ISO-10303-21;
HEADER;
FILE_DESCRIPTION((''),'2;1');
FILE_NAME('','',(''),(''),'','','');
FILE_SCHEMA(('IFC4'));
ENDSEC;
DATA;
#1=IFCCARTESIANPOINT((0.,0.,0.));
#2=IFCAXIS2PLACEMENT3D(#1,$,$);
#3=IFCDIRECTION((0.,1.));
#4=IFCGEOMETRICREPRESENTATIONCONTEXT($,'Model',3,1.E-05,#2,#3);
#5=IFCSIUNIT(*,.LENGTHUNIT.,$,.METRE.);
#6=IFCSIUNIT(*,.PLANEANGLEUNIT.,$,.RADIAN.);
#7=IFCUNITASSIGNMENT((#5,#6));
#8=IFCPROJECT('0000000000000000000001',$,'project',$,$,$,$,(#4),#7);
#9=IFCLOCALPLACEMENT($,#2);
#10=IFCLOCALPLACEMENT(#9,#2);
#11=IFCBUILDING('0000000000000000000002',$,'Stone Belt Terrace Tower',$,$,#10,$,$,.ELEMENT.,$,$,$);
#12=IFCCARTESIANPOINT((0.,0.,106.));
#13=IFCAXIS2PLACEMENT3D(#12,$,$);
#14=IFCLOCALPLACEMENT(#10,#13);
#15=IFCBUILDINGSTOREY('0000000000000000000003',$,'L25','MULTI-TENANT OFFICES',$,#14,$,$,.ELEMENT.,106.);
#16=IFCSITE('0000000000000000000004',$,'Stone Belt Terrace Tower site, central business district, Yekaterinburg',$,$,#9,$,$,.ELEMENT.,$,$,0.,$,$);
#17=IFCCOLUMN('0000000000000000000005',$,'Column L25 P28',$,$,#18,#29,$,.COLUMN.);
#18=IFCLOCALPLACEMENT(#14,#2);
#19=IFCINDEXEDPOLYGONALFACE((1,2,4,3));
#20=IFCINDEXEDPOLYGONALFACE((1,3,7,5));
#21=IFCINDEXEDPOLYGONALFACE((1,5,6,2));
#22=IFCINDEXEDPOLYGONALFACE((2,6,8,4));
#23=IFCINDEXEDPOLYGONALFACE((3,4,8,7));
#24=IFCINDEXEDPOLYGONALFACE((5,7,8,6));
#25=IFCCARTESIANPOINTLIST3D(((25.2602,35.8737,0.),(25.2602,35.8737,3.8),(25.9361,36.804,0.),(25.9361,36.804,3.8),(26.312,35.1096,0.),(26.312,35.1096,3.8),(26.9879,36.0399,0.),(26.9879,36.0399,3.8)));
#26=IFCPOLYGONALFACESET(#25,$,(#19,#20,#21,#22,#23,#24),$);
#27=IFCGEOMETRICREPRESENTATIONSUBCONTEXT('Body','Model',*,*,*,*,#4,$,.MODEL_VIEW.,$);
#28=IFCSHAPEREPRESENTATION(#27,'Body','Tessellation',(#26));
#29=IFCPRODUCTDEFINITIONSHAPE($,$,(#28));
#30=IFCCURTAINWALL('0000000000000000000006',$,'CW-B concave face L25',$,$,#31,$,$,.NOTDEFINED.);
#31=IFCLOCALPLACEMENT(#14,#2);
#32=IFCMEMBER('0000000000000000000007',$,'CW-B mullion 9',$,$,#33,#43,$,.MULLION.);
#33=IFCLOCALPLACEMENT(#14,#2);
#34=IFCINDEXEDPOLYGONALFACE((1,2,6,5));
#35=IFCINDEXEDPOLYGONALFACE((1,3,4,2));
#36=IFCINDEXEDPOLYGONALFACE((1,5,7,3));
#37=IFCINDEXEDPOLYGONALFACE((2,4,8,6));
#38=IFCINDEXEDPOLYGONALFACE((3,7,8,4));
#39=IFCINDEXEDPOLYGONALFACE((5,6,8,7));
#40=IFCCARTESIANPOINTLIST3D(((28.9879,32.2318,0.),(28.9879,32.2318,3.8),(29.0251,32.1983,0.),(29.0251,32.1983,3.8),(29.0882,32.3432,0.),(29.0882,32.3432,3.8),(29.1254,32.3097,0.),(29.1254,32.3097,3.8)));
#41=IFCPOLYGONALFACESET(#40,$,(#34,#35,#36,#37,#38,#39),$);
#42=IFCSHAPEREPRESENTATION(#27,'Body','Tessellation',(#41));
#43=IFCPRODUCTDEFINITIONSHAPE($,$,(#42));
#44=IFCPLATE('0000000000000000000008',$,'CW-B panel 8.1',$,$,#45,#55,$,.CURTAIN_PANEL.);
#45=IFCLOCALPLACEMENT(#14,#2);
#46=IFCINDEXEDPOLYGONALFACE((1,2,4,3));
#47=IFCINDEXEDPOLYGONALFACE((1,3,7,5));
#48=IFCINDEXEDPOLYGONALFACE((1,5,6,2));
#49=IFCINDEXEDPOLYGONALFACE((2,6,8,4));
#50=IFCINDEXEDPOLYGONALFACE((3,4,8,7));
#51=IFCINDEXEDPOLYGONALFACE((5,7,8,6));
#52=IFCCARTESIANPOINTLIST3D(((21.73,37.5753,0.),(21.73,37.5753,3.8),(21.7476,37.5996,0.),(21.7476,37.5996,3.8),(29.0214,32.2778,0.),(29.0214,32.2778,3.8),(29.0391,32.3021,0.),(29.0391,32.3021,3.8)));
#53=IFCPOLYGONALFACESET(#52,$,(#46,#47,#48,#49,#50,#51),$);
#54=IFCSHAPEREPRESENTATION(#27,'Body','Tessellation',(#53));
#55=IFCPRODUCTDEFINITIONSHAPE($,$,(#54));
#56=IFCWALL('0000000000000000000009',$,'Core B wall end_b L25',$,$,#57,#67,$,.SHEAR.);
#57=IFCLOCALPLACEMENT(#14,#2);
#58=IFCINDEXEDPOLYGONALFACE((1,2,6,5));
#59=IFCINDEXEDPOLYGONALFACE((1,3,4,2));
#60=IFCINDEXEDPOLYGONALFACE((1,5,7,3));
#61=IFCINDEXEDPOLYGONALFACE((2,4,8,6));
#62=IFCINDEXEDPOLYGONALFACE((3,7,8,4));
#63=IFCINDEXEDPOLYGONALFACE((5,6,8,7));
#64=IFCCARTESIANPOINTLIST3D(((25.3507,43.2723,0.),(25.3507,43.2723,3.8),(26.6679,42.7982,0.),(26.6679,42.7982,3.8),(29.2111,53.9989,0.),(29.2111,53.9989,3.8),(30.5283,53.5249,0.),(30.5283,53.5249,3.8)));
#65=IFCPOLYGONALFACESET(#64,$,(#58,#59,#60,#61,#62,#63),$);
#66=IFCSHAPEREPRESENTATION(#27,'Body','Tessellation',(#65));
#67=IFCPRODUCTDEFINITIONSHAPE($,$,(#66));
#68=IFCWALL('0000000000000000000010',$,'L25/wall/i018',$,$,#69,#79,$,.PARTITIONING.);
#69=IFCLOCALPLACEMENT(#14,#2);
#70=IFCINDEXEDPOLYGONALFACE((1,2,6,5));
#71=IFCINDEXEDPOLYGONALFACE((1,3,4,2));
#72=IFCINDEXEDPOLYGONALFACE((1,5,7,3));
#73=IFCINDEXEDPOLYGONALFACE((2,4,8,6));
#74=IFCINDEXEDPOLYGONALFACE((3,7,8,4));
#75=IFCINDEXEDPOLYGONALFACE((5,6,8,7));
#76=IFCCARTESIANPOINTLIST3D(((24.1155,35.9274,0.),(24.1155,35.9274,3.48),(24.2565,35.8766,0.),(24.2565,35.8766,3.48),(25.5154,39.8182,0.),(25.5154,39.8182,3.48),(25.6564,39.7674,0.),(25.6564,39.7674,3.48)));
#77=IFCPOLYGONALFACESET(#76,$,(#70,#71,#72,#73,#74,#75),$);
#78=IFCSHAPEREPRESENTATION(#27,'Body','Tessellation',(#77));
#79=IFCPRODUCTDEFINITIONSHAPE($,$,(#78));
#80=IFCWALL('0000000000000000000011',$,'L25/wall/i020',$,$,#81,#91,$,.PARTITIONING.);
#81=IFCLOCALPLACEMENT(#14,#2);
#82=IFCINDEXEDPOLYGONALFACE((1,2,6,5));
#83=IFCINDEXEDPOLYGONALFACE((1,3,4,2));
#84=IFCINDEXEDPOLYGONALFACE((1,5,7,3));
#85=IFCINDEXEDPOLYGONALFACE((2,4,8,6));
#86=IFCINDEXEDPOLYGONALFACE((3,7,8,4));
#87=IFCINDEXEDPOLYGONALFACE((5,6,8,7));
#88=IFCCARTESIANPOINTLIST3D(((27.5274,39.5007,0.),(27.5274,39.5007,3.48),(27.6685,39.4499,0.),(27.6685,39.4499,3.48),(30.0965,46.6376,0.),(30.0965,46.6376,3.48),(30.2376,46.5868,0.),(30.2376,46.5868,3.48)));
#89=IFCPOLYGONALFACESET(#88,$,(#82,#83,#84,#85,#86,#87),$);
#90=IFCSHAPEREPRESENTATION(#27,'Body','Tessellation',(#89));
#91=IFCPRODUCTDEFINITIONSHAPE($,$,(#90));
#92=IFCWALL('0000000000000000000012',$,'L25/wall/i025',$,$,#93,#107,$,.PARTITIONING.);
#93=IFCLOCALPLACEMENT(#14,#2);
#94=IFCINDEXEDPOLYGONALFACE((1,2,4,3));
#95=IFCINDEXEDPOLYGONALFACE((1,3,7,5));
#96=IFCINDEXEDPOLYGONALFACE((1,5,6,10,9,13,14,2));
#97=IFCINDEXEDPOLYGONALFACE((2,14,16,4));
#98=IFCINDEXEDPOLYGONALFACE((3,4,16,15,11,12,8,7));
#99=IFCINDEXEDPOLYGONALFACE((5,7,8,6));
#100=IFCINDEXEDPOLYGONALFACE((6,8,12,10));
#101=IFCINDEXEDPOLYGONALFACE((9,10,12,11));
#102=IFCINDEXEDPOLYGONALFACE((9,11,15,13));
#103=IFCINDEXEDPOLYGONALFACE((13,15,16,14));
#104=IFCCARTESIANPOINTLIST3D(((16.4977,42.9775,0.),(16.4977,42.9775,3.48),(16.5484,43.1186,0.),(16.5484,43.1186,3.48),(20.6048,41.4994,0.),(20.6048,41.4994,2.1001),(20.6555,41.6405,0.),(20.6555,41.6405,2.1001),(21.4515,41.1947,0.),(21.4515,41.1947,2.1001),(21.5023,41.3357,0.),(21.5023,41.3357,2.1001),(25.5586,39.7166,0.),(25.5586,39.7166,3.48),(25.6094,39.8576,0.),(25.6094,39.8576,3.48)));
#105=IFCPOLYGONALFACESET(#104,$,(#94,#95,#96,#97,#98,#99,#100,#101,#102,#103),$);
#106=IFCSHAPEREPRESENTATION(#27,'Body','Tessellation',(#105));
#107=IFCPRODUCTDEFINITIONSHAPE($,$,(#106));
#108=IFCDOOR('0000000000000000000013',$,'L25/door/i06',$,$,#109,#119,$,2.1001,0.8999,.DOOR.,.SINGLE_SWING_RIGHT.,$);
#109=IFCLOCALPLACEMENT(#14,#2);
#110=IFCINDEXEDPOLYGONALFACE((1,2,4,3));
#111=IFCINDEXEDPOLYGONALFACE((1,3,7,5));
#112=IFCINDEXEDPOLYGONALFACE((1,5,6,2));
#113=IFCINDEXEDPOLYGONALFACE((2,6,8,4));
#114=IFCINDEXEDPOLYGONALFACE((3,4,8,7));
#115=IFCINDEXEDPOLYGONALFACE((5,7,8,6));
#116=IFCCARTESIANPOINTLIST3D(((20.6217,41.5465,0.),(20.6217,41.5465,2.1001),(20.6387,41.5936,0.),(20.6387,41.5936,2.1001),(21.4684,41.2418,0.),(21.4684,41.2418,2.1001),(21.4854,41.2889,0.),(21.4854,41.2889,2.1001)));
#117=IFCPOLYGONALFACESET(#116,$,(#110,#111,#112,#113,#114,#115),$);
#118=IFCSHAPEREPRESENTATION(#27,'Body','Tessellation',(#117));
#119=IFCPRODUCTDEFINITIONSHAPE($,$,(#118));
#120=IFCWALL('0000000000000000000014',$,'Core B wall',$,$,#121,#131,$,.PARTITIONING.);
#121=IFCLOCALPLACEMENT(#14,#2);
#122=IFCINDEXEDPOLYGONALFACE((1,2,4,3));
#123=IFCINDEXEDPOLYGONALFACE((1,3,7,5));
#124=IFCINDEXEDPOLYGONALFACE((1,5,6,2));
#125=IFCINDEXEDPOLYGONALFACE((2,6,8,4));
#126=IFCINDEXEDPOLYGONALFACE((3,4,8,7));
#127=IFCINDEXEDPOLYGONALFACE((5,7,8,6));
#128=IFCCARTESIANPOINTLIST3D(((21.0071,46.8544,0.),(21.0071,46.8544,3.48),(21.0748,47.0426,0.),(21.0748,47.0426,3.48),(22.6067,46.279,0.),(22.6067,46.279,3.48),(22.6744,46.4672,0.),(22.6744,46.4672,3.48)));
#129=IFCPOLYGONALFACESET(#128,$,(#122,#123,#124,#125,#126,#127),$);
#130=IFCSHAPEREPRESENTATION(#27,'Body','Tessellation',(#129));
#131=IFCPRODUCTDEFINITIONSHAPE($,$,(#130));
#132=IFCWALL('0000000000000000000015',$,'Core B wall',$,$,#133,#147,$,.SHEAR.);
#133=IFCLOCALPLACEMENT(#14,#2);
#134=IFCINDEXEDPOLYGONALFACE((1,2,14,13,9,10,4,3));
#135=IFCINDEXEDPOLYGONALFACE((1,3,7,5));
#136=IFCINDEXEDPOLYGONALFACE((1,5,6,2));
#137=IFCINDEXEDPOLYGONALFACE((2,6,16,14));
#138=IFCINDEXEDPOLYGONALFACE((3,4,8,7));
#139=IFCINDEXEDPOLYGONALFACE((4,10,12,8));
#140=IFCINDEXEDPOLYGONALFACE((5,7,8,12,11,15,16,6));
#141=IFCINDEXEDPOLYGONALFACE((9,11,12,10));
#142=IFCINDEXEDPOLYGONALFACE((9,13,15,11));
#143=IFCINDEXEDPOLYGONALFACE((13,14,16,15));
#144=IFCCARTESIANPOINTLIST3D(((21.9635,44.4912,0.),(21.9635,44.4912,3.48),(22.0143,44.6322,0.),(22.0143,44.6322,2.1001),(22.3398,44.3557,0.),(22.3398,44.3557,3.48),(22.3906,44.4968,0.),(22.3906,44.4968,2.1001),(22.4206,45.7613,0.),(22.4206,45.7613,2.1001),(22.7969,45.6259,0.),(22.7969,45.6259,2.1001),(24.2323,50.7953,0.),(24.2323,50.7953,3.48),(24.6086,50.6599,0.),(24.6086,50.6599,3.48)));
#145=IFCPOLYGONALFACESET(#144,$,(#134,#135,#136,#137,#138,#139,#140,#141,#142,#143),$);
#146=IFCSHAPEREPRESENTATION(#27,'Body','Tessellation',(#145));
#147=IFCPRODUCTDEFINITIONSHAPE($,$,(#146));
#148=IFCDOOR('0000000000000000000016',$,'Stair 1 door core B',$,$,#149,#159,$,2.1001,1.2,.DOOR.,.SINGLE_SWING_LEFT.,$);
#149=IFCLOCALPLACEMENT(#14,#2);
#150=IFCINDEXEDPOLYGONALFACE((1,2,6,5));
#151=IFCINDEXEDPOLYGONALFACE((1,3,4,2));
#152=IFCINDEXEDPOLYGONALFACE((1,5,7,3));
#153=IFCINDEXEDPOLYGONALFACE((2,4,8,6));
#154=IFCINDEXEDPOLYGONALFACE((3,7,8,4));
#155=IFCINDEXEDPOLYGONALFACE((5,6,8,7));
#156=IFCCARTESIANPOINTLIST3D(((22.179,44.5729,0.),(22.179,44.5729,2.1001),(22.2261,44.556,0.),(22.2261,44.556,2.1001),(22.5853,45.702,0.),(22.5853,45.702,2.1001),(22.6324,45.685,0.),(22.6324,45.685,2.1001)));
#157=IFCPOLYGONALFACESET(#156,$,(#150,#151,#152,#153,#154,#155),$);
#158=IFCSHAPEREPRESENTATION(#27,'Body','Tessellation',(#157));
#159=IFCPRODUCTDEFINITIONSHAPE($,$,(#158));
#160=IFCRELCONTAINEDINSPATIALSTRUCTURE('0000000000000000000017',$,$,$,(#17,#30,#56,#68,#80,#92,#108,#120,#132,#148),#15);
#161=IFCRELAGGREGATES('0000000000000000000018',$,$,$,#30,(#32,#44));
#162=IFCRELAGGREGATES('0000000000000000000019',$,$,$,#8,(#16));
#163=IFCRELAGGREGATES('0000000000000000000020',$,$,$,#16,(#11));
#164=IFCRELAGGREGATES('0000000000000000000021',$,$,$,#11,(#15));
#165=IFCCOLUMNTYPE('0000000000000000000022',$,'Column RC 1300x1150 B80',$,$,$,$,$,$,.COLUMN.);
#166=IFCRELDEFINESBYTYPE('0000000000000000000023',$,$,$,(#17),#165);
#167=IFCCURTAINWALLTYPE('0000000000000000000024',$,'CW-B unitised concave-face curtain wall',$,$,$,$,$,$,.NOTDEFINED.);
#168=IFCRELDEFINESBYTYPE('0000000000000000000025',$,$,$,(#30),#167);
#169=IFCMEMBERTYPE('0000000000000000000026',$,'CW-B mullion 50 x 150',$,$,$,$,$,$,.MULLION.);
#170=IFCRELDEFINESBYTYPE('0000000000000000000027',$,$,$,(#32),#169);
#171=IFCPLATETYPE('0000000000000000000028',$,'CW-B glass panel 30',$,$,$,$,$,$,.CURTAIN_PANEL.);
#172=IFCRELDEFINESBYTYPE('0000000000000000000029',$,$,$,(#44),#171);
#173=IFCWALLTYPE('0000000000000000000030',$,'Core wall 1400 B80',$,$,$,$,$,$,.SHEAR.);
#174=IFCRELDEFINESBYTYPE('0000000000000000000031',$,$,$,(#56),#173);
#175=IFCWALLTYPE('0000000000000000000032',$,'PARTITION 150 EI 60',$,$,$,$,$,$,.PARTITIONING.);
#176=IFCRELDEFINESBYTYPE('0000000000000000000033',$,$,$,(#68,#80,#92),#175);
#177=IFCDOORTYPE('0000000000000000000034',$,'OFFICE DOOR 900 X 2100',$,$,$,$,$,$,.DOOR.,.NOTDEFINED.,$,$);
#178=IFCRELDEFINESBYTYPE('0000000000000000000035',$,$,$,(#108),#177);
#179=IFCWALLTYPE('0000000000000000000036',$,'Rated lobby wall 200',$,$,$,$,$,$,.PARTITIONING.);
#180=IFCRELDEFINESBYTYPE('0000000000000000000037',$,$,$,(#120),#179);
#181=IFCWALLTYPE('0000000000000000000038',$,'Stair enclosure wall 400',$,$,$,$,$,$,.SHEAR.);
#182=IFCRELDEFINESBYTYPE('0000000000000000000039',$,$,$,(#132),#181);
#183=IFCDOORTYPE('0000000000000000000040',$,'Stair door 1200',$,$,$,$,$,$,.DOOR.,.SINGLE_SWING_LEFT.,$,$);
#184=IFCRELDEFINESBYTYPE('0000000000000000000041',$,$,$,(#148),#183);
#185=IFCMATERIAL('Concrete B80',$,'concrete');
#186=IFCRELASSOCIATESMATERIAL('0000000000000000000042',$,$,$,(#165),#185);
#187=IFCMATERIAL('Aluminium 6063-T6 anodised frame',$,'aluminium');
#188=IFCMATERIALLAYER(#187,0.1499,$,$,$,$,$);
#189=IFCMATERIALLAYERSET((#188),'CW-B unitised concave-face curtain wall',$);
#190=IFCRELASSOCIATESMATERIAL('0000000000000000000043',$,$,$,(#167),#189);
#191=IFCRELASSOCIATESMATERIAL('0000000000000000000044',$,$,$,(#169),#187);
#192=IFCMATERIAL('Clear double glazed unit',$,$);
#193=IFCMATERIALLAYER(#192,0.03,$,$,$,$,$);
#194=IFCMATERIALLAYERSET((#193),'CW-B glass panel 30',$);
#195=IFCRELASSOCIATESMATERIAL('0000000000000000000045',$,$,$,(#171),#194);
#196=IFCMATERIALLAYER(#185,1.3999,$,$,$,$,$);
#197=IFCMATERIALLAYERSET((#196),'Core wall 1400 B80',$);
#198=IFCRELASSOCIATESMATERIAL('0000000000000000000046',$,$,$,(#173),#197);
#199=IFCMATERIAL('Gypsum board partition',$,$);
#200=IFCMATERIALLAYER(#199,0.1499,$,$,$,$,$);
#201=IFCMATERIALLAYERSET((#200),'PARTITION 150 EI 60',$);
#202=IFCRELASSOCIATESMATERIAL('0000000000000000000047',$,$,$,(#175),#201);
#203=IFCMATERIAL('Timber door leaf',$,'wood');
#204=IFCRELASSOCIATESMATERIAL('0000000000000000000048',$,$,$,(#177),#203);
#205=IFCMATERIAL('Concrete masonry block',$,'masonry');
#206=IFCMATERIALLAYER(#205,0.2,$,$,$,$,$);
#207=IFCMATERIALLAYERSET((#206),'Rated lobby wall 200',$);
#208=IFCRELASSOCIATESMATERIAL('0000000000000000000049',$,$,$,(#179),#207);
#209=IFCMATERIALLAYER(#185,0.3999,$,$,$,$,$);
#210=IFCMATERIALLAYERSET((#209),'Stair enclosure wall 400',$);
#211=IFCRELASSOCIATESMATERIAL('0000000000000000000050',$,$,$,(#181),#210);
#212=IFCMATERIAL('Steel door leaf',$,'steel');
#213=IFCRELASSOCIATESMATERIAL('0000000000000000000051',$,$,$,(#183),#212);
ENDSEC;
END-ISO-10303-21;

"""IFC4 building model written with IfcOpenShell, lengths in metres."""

from ifc_helpers import new_model, si_unit, direction, frame, frame_2d, origin, origin_2d, place, context, subcontext, project, spatial, rectangle, extrude, material, layer, layer_set, material_profile, profile_set, type_object, element, fill, aggregate, save


model = new_model("IFC4")

# Units and contexts
model_context = context("Model", 3, precision=1e-05, world=origin(), true_north=direction((0.0, 1.0)))
body_context = subcontext(model_context, "Body", "Model", "MODEL_VIEW")
ifc_project = project(units=[si_unit("LENGTHUNIT", "METRE"), si_unit("PLANEANGLEUNIT", "RADIAN")], contexts=[model_context])

# Site, building, storey
site_placement = place(None, origin())
site = spatial("IfcSite", under=ifc_project, at=site_placement, Name="Stone Belt Terrace Tower site, central business district, Yekaterinburg", CompositionType="ELEMENT", RefElevation=0.0)
building_placement = place(site_placement, origin())
building = spatial("IfcBuilding", under=site, at=building_placement, Name="Stone Belt Terrace Tower", CompositionType="ELEMENT")
storey_placement = place(building_placement, frame((0.0, 0.0, 106.0)))
storey = spatial("IfcBuildingStorey", under=building, at=storey_placement, Name="L25", Description="MULTI-TENANT OFFICES", CompositionType="ELEMENT", Elevation=106.0)

# Column
ifc_material_1 = material(Name="Concrete B80", Category="concrete")
ifc_material_profile_1 = material_profile(ifc_material_1, rectangle(XDim=1.3, YDim=1.1499, at=origin_2d()), Name="RC 1300x1150")
ifc_profile_set_1 = profile_set([ifc_material_profile_1], Name="Concrete B80")
column_type = type_object("IfcColumnType", Name="Column RC 1300x1150 B80", PredefinedType="COLUMN", material=ifc_profile_set_1)
column_placement = place(storey_placement, frame((26.124, 35.9568, 0.0), z_axis=(0.0, 0.0, 1.0), x_axis=(0.809017, -0.587785, 0.0)))
element("IfcColumn", 1, at=column_placement, inside=storey, type_object=column_type, Name="Column L25 P28", PredefinedType="COLUMN", context=body_context, shape_type="SweptSolid", body=[
    extrude(rectangle(XDim=1.3, YDim=1.1499, at=origin_2d()), origin(), (0.0, 0.0, 1.0), 3.8),
])

# Curtain wall, member, plate
ifc_material_2 = material(Name="Aluminium 6063-T6 anodised frame", Category="aluminium")
ifc_layer_1 = layer(ifc_material_2, 0.1499)
ifc_layer_set_1 = layer_set([ifc_layer_1], Name="CW-B unitised concave-face curtain wall")
curtain_wall_type = type_object("IfcCurtainWallType", Name="CW-B unitised concave-face curtain wall", PredefinedType="NOTDEFINED", material=ifc_layer_set_1)
curtain_wall_placement = place(storey_placement, origin())
curtain_wall = element("IfcCurtainWall", 2, at=curtain_wall_placement, inside=storey, type_object=curtain_wall_type, Name="CW-B concave face L25", PredefinedType="NOTDEFINED")
ifc_material_profile_2 = material_profile(ifc_material_2, rectangle(XDim=0.1499, YDim=0.05, at=origin_2d()), Name="Aluminium 6063-T6 50x150")
ifc_profile_set_2 = profile_set([ifc_material_profile_2], Name="Aluminium 6063-T6 anodised frame")
member_type = type_object("IfcMemberType", Name="CW-B mullion 50 x 150", PredefinedType="MULLION", material=ifc_profile_set_2)
member_placement = place(storey_placement, frame((29.0566, 32.2708, 0.0), z_axis=(0.0, 0.0, 1.0), x_axis=(0.669131, 0.743145, 0.0)))
member = element("IfcMember", 3, at=member_placement, type_object=member_type, Name="CW-B mullion 9", PredefinedType="MULLION", context=body_context, shape_type="SweptSolid", body=[
    extrude(rectangle(XDim=0.1499, YDim=0.05, at=origin_2d()), origin(), (0.0, 0.0, 1.0), 3.8),
])
ifc_material_3 = material(Name="Clear double glazed unit")
ifc_layer_2 = layer(ifc_material_3, 0.03)
ifc_layer_set_2 = layer_set([ifc_layer_2], Name="CW-B glass panel 30")
plate_type = type_object("IfcPlateType", Name="CW-B glass panel 30", PredefinedType="CURTAIN_PANEL", material=ifc_layer_set_2)
plate_placement = place(storey_placement, frame((25.3845, 34.9387, 0.0), z_axis=(0.0, 0.0, 1.0), x_axis=(0.809017, -0.587785, 0.0)))
plate = element("IfcPlate", 4, at=plate_placement, type_object=plate_type, Name="CW-B panel 8.1", PredefinedType="CURTAIN_PANEL", context=body_context, shape_type="SweptSolid", body=[
    extrude(rectangle(XDim=9.0127, YDim=0.03, at=origin_2d()), origin(), (0.0, 0.0, 1.0), 3.8),
])
aggregate(curtain_wall, [member, plate])

# Walls
ifc_layer_3 = layer(ifc_material_1, 1.3999)
ifc_layer_set_3 = layer_set([ifc_layer_3], Name="Core wall 1400 B80")
wall_type_1 = type_object("IfcWallType", Name="Core wall 1400 B80", PredefinedType="SHEAR", material=ifc_layer_set_3)
wall_1_placement = place(storey_placement, frame((26.0093, 43.0352, 0.0), z_axis=(0.0, 0.0, 1.0), x_axis=(0.338625, 0.940921, 0.0)))
element("IfcWall", 5, at=wall_1_placement, inside=storey, type_object=wall_type_1, Name="Core B wall end_b L25", PredefinedType="SHEAR", context=body_context, shape_type="SweptSolid", body=[
    extrude(rectangle(XDim=11.4001, YDim=1.3999, at=frame_2d((5.7002, 0.0))), origin(), (0.0, 0.0, 1.0), 3.8),
])
ifc_material_4 = material(Name="Gypsum board partition")
ifc_layer_4 = layer(ifc_material_4, 0.1499)
ifc_layer_set_4 = layer_set([ifc_layer_4], Name="PARTITION 150 EI 60")
wall_type_2 = type_object("IfcWallType", Name="PARTITION 150 EI 60", PredefinedType="PARTITIONING", material=ifc_layer_set_4)
wall_2_placement = place(storey_placement, frame((24.186, 35.9021, 0.0), z_axis=(0.0, 0.0, 1.0), x_axis=(0.338546, 0.94095, 0.0)))
element("IfcWall", 6, at=wall_2_placement, inside=storey, type_object=wall_type_2, Name="L25/wall/i018", PredefinedType="PARTITIONING", context=body_context, shape_type="SweptSolid", body=[
    extrude(rectangle(XDim=4.135, YDim=0.1499, at=frame_2d((2.0674, 0.0))), origin(), (0.0, 0.0, 1.0), 3.48),
])
wall_3_placement = place(storey_placement, frame((30.167, 46.6121, 0.0), z_axis=(0.0, 0.0, 1.0), x_axis=(-0.338694, -0.940896, 0.0)))
element("IfcWall", 7, at=wall_3_placement, inside=storey, type_object=wall_type_2, Name="L25/wall/i020", PredefinedType="PARTITIONING", context=body_context, shape_type="SweptSolid", body=[
    extrude(rectangle(XDim=7.5852, YDim=0.1499, at=frame_2d((3.7925, 0.0))), origin(), (0.0, 0.0, 1.0), 3.48),
])

# Wall, opening, door
wall_4_placement = place(storey_placement, frame((25.584, 39.7871, 0.0), z_axis=(0.0, 0.0, 1.0), x_axis=(-0.94092, 0.338629, 0.0)))
wall_4 = element("IfcWall", 8, at=wall_4_placement, inside=storey, type_object=wall_type_2, Name="L25/wall/i025", PredefinedType="PARTITIONING", context=body_context, shape_type="SweptSolid", body=[
    extrude(rectangle(XDim=9.6299, YDim=0.1499, at=frame_2d((4.8149, 0.0))), origin(), (0.0, 0.0, 1.0), 3.48),
])
opening_1_placement = place(wall_4_placement, frame((4.365, 0.0, 0.0)))
opening_1 = element("IfcOpeningElement", 9, at=opening_1_placement, cuts=wall_4, PredefinedType="OPENING", context=body_context, shape_type="SweptSolid", body=[
    extrude(rectangle(XDim=0.8999, YDim=2.1001, at=frame_2d((0.45, 1.05))), frame((0.0, 0.085, 0.0), z_axis=(0.0, -1.0, 0.0), x_axis=(1.0, 0.0, 0.0)), (0.0, 0.0, 1.0), 0.1699),
])
ifc_material_5 = material(Name="Timber door leaf", Category="wood")
door_type_1 = type_object("IfcDoorType", Name="OFFICE DOOR 900 X 2100", OperationType="NOTDEFINED", PredefinedType="DOOR", material=ifc_material_5)
door_1_placement = place(opening_1_placement, origin())
door_1 = element("IfcDoor", 10, at=door_1_placement, inside=storey, type_object=door_type_1, Name="L25/door/i06", OperationType="SINGLE_SWING_RIGHT", OverallHeight=2.1001, OverallWidth=0.8999, PredefinedType="DOOR", context=body_context, shape_type="SweptSolid", body=[
    extrude(rectangle(XDim=0.8999, YDim=2.1001, at=frame_2d((0.45, 1.05))), frame((0.0, 0.0249, 0.0), z_axis=(0.0, -1.0, 0.0), x_axis=(1.0, 0.0, 0.0)), (0.0, 0.0, 1.0), 0.05),
])
fill(opening_1, door_1)

# Wall
ifc_material_6 = material(Name="Concrete masonry block", Category="masonry")
ifc_layer_5 = layer(ifc_material_6, 0.2)
ifc_layer_set_5 = layer_set([ifc_layer_5], Name="Rated lobby wall 200")
wall_type_3 = type_object("IfcWallType", Name="Rated lobby wall 200", PredefinedType="PARTITIONING", material=ifc_layer_set_5)
wall_5_placement = place(storey_placement, frame((22.6406, 46.373, 0.0), z_axis=(0.0, 0.0, 1.0), x_axis=(-0.940966, 0.338501, 0.0)))
element("IfcWall", 11, at=wall_5_placement, inside=storey, type_object=wall_type_3, Name="Core B wall", PredefinedType="PARTITIONING", context=body_context, shape_type="SweptSolid", body=[
    extrude(rectangle(XDim=1.7, YDim=0.2, at=frame_2d((0.8501, 0.0))), origin(), (0.0, 0.0, 1.0), 3.48),
])

# Wall, opening, door
ifc_layer_6 = layer(ifc_material_1, 0.3999)
ifc_layer_set_6 = layer_set([ifc_layer_6], Name="Stair enclosure wall 400")
wall_type_4 = type_object("IfcWallType", Name="Stair enclosure wall 400", PredefinedType="SHEAR", material=ifc_layer_set_6)
wall_6_placement = place(storey_placement, frame((22.1516, 44.4233, 0.0), z_axis=(0.0, 0.0, 1.0), x_axis=(0.338625, 0.940921, 0.0)))
wall_6 = element("IfcWall", 12, at=wall_6_placement, inside=storey, type_object=wall_type_4, Name="Core B wall", PredefinedType="SHEAR", context=body_context, shape_type="SweptSolid", body=[
    extrude(rectangle(XDim=6.7, YDim=0.3999, at=frame_2d((3.3501, 0.0))), origin(), (0.0, 0.0, 1.0), 3.48),
])
opening_2_placement = place(wall_6_placement, frame((0.1499, 0.0, 0.0)))
opening_2 = element("IfcOpeningElement", 13, at=opening_2_placement, cuts=wall_6, PredefinedType="OPENING", context=body_context, shape_type="SweptSolid", body=[
    extrude(rectangle(XDim=1.2, YDim=2.1001, at=frame_2d((0.6001, 1.05))), frame((0.0, 0.21, 0.0), z_axis=(0.0, -1.0, 0.0), x_axis=(1.0, 0.0, 0.0)), (0.0, 0.0, 1.0), 0.4199),
])
ifc_material_7 = material(Name="Steel door leaf", Category="steel")
door_type_2 = type_object("IfcDoorType", Name="Stair door 1200", OperationType="SINGLE_SWING_LEFT", PredefinedType="DOOR", material=ifc_material_7)
door_2_placement = place(opening_2_placement, origin())
door_2 = element("IfcDoor", 14, at=door_2_placement, inside=storey, type_object=door_type_2, Name="Stair 1 door core B", OperationType="SINGLE_SWING_LEFT", OverallHeight=2.1001, OverallWidth=1.2, PredefinedType="DOOR", context=body_context, shape_type="SweptSolid", body=[
    extrude(rectangle(XDim=1.2, YDim=2.1001, at=frame_2d((0.6001, 1.05))), frame((0.0, 0.0249, 0.0), z_axis=(0.0, -1.0, 0.0), x_axis=(1.0, 0.0, 0.0)), (0.0, 0.0, 1.0), 0.05),
])
fill(opening_2, door_2)

save(model, "model.ifc")
